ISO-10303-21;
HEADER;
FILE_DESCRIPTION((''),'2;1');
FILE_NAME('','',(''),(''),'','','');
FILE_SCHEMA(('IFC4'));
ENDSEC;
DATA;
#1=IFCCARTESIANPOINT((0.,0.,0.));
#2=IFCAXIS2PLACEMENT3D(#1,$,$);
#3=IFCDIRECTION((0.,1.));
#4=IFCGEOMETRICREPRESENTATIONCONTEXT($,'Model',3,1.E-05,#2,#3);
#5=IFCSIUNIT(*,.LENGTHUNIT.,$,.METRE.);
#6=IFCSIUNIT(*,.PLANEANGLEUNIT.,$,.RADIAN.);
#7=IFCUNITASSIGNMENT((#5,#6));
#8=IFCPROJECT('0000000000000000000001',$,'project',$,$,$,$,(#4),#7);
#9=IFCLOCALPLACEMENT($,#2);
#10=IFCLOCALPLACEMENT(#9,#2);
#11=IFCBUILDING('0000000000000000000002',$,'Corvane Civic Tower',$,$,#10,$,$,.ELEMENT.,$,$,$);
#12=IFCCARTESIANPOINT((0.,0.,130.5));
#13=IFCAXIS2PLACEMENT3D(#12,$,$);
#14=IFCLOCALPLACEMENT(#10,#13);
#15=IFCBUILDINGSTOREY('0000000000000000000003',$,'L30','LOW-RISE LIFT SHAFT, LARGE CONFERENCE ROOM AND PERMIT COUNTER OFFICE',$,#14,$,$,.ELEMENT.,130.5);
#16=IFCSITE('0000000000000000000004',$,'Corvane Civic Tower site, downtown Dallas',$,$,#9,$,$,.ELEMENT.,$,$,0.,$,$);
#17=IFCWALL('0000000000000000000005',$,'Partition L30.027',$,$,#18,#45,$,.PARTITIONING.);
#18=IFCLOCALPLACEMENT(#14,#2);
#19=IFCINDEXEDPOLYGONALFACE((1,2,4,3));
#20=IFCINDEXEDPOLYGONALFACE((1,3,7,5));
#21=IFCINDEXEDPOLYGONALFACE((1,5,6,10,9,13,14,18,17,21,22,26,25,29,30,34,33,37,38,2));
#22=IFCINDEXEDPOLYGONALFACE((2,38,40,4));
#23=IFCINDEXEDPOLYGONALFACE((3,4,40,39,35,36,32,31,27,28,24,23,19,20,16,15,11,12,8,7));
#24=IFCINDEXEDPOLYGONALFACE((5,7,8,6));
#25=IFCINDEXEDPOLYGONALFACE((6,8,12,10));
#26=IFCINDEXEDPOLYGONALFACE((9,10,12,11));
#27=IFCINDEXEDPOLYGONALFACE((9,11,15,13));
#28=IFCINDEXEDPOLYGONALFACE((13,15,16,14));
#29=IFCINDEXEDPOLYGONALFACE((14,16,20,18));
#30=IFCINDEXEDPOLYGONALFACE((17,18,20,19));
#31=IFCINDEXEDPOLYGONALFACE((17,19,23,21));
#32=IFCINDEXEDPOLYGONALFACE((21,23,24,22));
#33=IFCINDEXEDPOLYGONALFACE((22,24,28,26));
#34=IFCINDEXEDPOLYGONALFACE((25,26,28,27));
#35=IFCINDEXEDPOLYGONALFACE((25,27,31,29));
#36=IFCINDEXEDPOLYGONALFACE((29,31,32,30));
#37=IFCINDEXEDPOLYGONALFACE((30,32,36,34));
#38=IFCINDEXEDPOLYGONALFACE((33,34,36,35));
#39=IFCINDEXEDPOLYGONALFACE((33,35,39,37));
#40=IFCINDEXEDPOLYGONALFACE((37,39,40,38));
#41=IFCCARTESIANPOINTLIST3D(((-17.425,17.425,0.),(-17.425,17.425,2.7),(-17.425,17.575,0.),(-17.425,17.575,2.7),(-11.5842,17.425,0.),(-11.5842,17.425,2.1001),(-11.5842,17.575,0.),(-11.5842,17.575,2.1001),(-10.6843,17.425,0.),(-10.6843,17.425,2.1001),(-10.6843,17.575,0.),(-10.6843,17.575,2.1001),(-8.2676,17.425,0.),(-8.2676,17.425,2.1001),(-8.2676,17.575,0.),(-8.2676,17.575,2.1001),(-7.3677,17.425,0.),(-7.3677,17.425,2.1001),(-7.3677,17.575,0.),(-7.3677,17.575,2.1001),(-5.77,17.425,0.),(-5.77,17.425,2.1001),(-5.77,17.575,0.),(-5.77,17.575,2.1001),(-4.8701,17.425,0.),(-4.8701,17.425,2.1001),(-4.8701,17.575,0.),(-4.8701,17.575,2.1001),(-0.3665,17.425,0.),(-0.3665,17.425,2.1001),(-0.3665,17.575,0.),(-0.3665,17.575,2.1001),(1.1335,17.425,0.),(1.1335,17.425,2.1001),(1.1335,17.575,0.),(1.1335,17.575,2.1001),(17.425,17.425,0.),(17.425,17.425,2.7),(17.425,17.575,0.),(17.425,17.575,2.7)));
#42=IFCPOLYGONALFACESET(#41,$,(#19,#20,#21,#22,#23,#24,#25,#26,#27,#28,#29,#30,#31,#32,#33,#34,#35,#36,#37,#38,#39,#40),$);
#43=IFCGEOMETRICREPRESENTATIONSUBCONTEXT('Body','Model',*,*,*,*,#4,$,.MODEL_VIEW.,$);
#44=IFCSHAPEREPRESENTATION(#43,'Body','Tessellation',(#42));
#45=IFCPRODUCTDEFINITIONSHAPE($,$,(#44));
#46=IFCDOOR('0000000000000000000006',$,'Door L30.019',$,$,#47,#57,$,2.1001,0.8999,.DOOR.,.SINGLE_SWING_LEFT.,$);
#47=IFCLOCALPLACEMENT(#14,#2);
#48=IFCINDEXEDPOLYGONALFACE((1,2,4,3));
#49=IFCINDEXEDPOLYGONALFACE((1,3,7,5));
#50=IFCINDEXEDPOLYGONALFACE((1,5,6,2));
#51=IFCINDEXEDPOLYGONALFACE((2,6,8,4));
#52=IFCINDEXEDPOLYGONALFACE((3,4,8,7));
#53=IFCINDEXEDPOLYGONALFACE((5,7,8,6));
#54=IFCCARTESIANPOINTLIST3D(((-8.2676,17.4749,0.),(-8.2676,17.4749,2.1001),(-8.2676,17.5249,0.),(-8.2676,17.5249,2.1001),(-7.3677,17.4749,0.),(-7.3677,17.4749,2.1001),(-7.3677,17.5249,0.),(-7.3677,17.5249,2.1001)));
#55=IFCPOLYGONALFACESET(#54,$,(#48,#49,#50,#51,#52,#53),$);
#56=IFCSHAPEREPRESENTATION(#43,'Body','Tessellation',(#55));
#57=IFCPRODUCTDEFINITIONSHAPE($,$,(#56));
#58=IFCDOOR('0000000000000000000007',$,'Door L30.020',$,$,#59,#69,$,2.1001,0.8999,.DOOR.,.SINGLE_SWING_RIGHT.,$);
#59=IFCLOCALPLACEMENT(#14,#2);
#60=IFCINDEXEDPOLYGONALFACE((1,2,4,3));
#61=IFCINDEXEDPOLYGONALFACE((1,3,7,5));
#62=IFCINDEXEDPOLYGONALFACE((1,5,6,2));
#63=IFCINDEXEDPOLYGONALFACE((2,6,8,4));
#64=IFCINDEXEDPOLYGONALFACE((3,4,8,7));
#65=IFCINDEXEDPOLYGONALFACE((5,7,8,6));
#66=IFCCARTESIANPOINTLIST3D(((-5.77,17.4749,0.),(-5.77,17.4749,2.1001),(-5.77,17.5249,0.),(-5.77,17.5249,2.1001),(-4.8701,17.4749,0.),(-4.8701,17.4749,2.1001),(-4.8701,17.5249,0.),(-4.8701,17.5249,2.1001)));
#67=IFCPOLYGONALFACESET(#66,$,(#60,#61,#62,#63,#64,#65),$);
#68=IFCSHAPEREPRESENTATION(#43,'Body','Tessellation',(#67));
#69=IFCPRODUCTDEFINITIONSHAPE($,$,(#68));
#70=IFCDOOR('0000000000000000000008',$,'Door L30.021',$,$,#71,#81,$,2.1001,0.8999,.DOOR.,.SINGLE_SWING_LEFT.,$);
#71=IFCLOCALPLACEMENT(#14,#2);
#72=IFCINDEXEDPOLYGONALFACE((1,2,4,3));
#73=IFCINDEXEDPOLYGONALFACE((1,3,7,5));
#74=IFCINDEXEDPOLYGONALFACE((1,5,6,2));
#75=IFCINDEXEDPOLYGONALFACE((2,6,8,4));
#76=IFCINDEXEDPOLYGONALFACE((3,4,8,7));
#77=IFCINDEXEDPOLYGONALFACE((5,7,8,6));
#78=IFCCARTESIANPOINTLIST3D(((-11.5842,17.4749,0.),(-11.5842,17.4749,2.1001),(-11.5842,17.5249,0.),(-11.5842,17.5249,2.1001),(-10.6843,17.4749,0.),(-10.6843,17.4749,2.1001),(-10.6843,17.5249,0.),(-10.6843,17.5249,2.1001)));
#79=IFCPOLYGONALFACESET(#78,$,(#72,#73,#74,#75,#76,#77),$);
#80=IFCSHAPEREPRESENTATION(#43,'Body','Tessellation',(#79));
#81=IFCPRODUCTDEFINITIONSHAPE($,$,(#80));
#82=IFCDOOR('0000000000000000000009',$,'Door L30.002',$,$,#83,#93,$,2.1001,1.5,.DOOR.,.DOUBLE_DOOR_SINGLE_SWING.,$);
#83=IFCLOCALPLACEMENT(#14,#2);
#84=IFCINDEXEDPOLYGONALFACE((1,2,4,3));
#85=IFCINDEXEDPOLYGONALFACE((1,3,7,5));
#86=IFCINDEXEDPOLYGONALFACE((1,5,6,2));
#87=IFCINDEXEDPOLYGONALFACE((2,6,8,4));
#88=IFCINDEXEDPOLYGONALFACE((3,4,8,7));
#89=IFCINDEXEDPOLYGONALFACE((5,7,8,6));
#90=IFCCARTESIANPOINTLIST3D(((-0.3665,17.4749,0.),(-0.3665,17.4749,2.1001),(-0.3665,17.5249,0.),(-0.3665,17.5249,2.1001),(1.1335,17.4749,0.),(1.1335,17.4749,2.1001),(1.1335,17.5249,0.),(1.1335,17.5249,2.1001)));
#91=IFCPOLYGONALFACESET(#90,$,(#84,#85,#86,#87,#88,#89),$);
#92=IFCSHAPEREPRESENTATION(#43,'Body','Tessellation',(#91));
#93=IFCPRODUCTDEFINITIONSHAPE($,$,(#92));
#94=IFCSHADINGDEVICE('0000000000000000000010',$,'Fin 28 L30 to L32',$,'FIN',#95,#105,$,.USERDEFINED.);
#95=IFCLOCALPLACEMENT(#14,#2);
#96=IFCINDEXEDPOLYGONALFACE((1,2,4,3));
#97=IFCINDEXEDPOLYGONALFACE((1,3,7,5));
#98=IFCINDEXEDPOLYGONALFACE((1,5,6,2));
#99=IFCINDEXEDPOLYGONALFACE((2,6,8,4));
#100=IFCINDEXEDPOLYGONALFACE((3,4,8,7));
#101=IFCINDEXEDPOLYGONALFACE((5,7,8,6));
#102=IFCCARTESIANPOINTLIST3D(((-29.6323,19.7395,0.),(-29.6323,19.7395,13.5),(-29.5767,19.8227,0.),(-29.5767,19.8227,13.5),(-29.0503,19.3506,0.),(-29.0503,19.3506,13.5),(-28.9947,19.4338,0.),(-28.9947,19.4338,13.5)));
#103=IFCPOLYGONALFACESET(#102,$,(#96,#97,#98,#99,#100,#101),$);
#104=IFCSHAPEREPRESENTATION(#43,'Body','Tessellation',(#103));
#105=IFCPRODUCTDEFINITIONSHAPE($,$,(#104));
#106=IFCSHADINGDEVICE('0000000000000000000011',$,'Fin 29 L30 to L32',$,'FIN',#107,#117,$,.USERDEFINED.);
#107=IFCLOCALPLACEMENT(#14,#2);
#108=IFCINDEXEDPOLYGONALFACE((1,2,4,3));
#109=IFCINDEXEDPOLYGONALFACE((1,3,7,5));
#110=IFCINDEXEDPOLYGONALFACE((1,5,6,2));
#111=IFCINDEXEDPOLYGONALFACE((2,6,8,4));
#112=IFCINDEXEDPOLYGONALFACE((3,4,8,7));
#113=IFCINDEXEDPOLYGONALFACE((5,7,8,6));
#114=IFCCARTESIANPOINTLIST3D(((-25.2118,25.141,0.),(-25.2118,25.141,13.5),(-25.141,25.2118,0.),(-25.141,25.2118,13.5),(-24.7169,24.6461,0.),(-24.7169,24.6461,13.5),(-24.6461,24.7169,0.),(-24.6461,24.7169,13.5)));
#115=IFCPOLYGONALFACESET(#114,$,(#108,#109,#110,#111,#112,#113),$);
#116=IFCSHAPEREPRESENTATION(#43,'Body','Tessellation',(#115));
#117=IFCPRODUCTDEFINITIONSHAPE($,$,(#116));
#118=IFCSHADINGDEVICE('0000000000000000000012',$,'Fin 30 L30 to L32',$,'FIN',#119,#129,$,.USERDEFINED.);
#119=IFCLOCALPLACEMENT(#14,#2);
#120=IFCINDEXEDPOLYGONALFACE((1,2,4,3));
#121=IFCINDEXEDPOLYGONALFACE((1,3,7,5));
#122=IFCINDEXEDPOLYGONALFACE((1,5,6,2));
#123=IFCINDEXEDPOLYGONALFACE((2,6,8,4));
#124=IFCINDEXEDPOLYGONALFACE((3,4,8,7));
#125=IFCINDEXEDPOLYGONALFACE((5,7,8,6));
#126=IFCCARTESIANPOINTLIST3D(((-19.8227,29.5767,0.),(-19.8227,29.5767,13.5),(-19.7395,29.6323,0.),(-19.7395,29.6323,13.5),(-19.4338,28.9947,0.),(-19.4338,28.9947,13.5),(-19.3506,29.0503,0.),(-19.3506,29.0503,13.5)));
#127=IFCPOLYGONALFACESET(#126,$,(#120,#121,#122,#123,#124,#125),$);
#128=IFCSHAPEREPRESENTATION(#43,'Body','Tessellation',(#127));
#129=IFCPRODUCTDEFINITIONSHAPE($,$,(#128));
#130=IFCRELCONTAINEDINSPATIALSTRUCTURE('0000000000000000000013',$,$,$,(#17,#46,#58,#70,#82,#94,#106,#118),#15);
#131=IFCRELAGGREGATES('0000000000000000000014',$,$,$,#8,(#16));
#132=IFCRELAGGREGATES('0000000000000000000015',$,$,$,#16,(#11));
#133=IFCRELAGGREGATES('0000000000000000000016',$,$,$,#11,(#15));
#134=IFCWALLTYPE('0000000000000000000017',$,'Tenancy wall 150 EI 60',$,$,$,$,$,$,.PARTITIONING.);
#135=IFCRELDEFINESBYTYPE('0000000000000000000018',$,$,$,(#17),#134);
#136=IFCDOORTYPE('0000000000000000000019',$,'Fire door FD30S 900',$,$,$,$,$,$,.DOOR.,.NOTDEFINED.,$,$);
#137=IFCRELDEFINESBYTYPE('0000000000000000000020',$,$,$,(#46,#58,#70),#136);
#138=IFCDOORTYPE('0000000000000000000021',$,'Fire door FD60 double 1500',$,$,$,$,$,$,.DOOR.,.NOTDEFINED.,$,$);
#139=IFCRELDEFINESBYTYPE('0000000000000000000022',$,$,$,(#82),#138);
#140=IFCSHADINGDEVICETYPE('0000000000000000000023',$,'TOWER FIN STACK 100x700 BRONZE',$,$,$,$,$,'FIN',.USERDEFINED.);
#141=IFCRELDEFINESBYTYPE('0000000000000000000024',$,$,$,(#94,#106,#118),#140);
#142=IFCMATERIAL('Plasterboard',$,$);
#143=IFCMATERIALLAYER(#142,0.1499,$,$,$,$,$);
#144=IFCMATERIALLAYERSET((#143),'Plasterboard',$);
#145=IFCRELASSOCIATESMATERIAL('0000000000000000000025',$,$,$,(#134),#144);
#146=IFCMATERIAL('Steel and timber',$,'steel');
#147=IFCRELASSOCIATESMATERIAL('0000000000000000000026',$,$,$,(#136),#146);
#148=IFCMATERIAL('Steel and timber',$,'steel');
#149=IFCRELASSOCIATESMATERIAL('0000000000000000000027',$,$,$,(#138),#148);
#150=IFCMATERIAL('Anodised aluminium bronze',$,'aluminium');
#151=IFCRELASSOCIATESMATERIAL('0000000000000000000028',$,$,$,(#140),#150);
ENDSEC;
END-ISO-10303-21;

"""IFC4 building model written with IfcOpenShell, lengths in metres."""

from ifc_helpers import new_model, si_unit, direction, frame, frame_2d, origin, origin_2d, place, context, subcontext, project, spatial, rectangle, extrude, material, layer, layer_set, material_profile, profile_set, type_object, element, fill, save


model = new_model("IFC4")

# Units and contexts
model_context = context("Model", 3, precision=1e-05, world=origin(), true_north=direction((0.0, 1.0)))
body_context = subcontext(model_context, "Body", "Model", "MODEL_VIEW")
ifc_project = project(units=[si_unit("LENGTHUNIT", "METRE"), si_unit("PLANEANGLEUNIT", "RADIAN")], contexts=[model_context])

# Site, building, storey
site_placement = place(None, origin())
site = spatial("IfcSite", under=ifc_project, at=site_placement, Name="Corvane Civic Tower site, downtown Dallas", CompositionType="ELEMENT", RefElevation=0.0)
building_placement = place(site_placement, origin())
building = spatial("IfcBuilding", under=site, at=building_placement, Name="Corvane Civic Tower", CompositionType="ELEMENT")
storey_placement = place(building_placement, frame((0.0, 0.0, 130.5)))
storey = spatial("IfcBuildingStorey", under=building, at=storey_placement, Name="L30", Description="LOW-RISE LIFT SHAFT, LARGE CONFERENCE ROOM AND PERMIT COUNTER OFFICE", CompositionType="ELEMENT", Elevation=130.5)

# Wall, openings, doors
ifc_material_1 = material(Name="Plasterboard")
ifc_layer_1 = layer(ifc_material_1, 0.1499)
ifc_layer_set_1 = layer_set([ifc_layer_1], Name="Plasterboard")
wall_type_1 = type_object("IfcWallType", Name="Tenancy wall 150 EI 60", PredefinedType="PARTITIONING", material=ifc_layer_set_1)
wall_1_placement = place(storey_placement, frame((-17.425, 17.5, 0.0), z_axis=(0.0, 0.0, 1.0), x_axis=(1.0, 0.0, 0.0)))
wall_1 = element("IfcWall", 1, at=wall_1_placement, inside=storey, type_object=wall_type_1, Name="Partition L30.027", PredefinedType="PARTITIONING", context=body_context, shape_type="SweptSolid", body=[
    extrude(rectangle(XDim=34.8501, YDim=0.1499, at=frame_2d((17.425, 0.0))), origin(), (0.0, 0.0, 1.0), 2.7),
])
opening_1_placement = place(wall_1_placement, frame((17.0586, 0.0, 0.0)))
opening_1 = element("IfcOpeningElement", 2, at=opening_1_placement, cuts=wall_1, PredefinedType="OPENING", context=body_context, shape_type="SweptSolid", body=[
    extrude(rectangle(XDim=1.5, YDim=2.1001, at=frame_2d((0.75, 1.05))), frame((0.0, 0.085, 0.0), z_axis=(0.0, -1.0, 0.0), x_axis=(1.0, 0.0, 0.0)), (0.0, 0.0, 1.0), 0.1699),
])
opening_2_placement = place(wall_1_placement, frame((9.1575, 0.0, 0.0)))
opening_2 = element("IfcOpeningElement", 3, at=opening_2_placement, cuts=wall_1, PredefinedType="OPENING", context=body_context, shape_type="SweptSolid", body=[
    extrude(rectangle(XDim=0.8999, YDim=2.1001, at=frame_2d((0.45, 1.05))), frame((0.0, 0.085, 0.0), z_axis=(0.0, -1.0, 0.0), x_axis=(1.0, 0.0, 0.0)), (0.0, 0.0, 1.0), 0.1699),
])
opening_3_placement = place(wall_1_placement, frame((11.655, 0.0, 0.0)))
opening_3 = element("IfcOpeningElement", 4, at=opening_3_placement, cuts=wall_1, PredefinedType="OPENING", context=body_context, shape_type="SweptSolid", body=[
    extrude(rectangle(XDim=0.8999, YDim=2.1001, at=frame_2d((0.45, 1.05))), frame((0.0, 0.085, 0.0), z_axis=(0.0, -1.0, 0.0), x_axis=(1.0, 0.0, 0.0)), (0.0, 0.0, 1.0), 0.1699),
])
opening_4_placement = place(wall_1_placement, frame((5.8408, 0.0, 0.0)))
opening_4 = element("IfcOpeningElement", 5, at=opening_4_placement, cuts=wall_1, PredefinedType="OPENING", context=body_context, shape_type="SweptSolid", body=[
    extrude(rectangle(XDim=0.8999, YDim=2.1001, at=frame_2d((0.45, 1.05))), frame((0.0, 0.085, 0.0), z_axis=(0.0, -1.0, 0.0), x_axis=(1.0, 0.0, 0.0)), (0.0, 0.0, 1.0), 0.1699),
])
ifc_material_2 = material(Name="Steel and timber", Category="steel")
door_type_1 = type_object("IfcDoorType", Name="Fire door FD30S 900", OperationType="NOTDEFINED", PredefinedType="DOOR", material=ifc_material_2)
door_1_placement = place(opening_2_placement, origin())
door_1 = element("IfcDoor", 6, at=door_1_placement, inside=storey, type_object=door_type_1, Name="Door L30.019", OperationType="SINGLE_SWING_LEFT", OverallHeight=2.1001, OverallWidth=0.8999, PredefinedType="DOOR", context=body_context, shape_type="SweptSolid", body=[
    extrude(rectangle(XDim=0.8999, YDim=2.1001, at=frame_2d((0.45, 1.05))), frame((0.0, 0.0249, 0.0), z_axis=(0.0, -1.0, 0.0), x_axis=(1.0, 0.0, 0.0)), (0.0, 0.0, 1.0), 0.05),
])
fill(opening_2, door_1)
door_2_placement = place(opening_3_placement, origin())
door_2 = element("IfcDoor", 7, at=door_2_placement, inside=storey, type_object=door_type_1, Name="Door L30.020", OperationType="SINGLE_SWING_RIGHT", OverallHeight=2.1001, OverallWidth=0.8999, PredefinedType="DOOR", context=body_context, shape_type="SweptSolid", body=[
    extrude(rectangle(XDim=0.8999, YDim=2.1001, at=frame_2d((0.45, 1.05))), frame((0.0, 0.0249, 0.0), z_axis=(0.0, -1.0, 0.0), x_axis=(1.0, 0.0, 0.0)), (0.0, 0.0, 1.0), 0.05),
])
fill(opening_3, door_2)
door_3_placement = place(opening_4_placement, origin())
door_3 = element("IfcDoor", 8, at=door_3_placement, inside=storey, type_object=door_type_1, Name="Door L30.021", OperationType="SINGLE_SWING_LEFT", OverallHeight=2.1001, OverallWidth=0.8999, PredefinedType="DOOR", context=body_context, shape_type="SweptSolid", body=[
    extrude(rectangle(XDim=0.8999, YDim=2.1001, at=frame_2d((0.45, 1.05))), frame((0.0, 0.0249, 0.0), z_axis=(0.0, -1.0, 0.0), x_axis=(1.0, 0.0, 0.0)), (0.0, 0.0, 1.0), 0.05),
])
fill(opening_4, door_3)
ifc_material_3 = material(Name="Steel and timber", Category="steel")
door_type_2 = type_object("IfcDoorType", Name="Fire door FD60 double 1500", OperationType="NOTDEFINED", PredefinedType="DOOR", material=ifc_material_3)
door_4_placement = place(opening_1_placement, origin())
door_4 = element("IfcDoor", 9, at=door_4_placement, inside=storey, type_object=door_type_2, Name="Door L30.002", OperationType="DOUBLE_DOOR_SINGLE_SWING", OverallHeight=2.1001, OverallWidth=1.5, PredefinedType="DOOR", context=body_context, shape_type="SweptSolid", body=[
    extrude(rectangle(XDim=1.5, YDim=2.1001, at=frame_2d((0.75, 1.05))), frame((0.0, 0.0249, 0.0), z_axis=(0.0, -1.0, 0.0), x_axis=(1.0, 0.0, 0.0)), (0.0, 0.0, 1.0), 0.05),
])
fill(opening_1, door_4)

# Shading devices
ifc_material_4 = material(Name="Anodised aluminium bronze", Category="aluminium")
ifc_material_profile_1 = material_profile(ifc_material_4, rectangle(XDim=0.1001, YDim=0.7, at=origin_2d()), Name="TOWER FIN STACK 100x700 BRONZE")
ifc_profile_set_1 = profile_set([ifc_material_profile_1], Name="Anodised aluminium bronze")
shading_device_type = type_object("IfcShadingDeviceType", Name="TOWER FIN STACK 100x700 BRONZE", ElementType="FIN", PredefinedType="USERDEFINED", material=ifc_profile_set_1)
for number, where, z_axis, x_axis, name in (
    (10, (-29.3135, 19.5867, 0.0), (0.0, 0.0, 1.0), (0.55557, 0.83147, 0.0), "Fin 28 L30 to L32"),
    (11, (-24.929, 24.929, 0.0), (0.0, 0.0, 1.0), (0.707107, 0.707107, 0.0), "Fin 29 L30 to L32"),
    (12, (-19.5867, 29.3135, 0.0), (0.0, 0.0, 1.0), (0.83147, 0.55557, 0.0), "Fin 30 L30 to L32"),
):
    element("IfcShadingDevice", number, at=place(storey_placement, frame(where, z_axis=z_axis, x_axis=x_axis)), inside=storey, type_object=shading_device_type, Name=name, ObjectType="FIN", PredefinedType="USERDEFINED", context=body_context, shape_type="SweptSolid", body=[
        extrude(rectangle(XDim=0.1001, YDim=0.7, at=origin_2d()), origin(), (0.0, 0.0, 1.0), 13.5),
    ])

save(model, "model.ifc")
